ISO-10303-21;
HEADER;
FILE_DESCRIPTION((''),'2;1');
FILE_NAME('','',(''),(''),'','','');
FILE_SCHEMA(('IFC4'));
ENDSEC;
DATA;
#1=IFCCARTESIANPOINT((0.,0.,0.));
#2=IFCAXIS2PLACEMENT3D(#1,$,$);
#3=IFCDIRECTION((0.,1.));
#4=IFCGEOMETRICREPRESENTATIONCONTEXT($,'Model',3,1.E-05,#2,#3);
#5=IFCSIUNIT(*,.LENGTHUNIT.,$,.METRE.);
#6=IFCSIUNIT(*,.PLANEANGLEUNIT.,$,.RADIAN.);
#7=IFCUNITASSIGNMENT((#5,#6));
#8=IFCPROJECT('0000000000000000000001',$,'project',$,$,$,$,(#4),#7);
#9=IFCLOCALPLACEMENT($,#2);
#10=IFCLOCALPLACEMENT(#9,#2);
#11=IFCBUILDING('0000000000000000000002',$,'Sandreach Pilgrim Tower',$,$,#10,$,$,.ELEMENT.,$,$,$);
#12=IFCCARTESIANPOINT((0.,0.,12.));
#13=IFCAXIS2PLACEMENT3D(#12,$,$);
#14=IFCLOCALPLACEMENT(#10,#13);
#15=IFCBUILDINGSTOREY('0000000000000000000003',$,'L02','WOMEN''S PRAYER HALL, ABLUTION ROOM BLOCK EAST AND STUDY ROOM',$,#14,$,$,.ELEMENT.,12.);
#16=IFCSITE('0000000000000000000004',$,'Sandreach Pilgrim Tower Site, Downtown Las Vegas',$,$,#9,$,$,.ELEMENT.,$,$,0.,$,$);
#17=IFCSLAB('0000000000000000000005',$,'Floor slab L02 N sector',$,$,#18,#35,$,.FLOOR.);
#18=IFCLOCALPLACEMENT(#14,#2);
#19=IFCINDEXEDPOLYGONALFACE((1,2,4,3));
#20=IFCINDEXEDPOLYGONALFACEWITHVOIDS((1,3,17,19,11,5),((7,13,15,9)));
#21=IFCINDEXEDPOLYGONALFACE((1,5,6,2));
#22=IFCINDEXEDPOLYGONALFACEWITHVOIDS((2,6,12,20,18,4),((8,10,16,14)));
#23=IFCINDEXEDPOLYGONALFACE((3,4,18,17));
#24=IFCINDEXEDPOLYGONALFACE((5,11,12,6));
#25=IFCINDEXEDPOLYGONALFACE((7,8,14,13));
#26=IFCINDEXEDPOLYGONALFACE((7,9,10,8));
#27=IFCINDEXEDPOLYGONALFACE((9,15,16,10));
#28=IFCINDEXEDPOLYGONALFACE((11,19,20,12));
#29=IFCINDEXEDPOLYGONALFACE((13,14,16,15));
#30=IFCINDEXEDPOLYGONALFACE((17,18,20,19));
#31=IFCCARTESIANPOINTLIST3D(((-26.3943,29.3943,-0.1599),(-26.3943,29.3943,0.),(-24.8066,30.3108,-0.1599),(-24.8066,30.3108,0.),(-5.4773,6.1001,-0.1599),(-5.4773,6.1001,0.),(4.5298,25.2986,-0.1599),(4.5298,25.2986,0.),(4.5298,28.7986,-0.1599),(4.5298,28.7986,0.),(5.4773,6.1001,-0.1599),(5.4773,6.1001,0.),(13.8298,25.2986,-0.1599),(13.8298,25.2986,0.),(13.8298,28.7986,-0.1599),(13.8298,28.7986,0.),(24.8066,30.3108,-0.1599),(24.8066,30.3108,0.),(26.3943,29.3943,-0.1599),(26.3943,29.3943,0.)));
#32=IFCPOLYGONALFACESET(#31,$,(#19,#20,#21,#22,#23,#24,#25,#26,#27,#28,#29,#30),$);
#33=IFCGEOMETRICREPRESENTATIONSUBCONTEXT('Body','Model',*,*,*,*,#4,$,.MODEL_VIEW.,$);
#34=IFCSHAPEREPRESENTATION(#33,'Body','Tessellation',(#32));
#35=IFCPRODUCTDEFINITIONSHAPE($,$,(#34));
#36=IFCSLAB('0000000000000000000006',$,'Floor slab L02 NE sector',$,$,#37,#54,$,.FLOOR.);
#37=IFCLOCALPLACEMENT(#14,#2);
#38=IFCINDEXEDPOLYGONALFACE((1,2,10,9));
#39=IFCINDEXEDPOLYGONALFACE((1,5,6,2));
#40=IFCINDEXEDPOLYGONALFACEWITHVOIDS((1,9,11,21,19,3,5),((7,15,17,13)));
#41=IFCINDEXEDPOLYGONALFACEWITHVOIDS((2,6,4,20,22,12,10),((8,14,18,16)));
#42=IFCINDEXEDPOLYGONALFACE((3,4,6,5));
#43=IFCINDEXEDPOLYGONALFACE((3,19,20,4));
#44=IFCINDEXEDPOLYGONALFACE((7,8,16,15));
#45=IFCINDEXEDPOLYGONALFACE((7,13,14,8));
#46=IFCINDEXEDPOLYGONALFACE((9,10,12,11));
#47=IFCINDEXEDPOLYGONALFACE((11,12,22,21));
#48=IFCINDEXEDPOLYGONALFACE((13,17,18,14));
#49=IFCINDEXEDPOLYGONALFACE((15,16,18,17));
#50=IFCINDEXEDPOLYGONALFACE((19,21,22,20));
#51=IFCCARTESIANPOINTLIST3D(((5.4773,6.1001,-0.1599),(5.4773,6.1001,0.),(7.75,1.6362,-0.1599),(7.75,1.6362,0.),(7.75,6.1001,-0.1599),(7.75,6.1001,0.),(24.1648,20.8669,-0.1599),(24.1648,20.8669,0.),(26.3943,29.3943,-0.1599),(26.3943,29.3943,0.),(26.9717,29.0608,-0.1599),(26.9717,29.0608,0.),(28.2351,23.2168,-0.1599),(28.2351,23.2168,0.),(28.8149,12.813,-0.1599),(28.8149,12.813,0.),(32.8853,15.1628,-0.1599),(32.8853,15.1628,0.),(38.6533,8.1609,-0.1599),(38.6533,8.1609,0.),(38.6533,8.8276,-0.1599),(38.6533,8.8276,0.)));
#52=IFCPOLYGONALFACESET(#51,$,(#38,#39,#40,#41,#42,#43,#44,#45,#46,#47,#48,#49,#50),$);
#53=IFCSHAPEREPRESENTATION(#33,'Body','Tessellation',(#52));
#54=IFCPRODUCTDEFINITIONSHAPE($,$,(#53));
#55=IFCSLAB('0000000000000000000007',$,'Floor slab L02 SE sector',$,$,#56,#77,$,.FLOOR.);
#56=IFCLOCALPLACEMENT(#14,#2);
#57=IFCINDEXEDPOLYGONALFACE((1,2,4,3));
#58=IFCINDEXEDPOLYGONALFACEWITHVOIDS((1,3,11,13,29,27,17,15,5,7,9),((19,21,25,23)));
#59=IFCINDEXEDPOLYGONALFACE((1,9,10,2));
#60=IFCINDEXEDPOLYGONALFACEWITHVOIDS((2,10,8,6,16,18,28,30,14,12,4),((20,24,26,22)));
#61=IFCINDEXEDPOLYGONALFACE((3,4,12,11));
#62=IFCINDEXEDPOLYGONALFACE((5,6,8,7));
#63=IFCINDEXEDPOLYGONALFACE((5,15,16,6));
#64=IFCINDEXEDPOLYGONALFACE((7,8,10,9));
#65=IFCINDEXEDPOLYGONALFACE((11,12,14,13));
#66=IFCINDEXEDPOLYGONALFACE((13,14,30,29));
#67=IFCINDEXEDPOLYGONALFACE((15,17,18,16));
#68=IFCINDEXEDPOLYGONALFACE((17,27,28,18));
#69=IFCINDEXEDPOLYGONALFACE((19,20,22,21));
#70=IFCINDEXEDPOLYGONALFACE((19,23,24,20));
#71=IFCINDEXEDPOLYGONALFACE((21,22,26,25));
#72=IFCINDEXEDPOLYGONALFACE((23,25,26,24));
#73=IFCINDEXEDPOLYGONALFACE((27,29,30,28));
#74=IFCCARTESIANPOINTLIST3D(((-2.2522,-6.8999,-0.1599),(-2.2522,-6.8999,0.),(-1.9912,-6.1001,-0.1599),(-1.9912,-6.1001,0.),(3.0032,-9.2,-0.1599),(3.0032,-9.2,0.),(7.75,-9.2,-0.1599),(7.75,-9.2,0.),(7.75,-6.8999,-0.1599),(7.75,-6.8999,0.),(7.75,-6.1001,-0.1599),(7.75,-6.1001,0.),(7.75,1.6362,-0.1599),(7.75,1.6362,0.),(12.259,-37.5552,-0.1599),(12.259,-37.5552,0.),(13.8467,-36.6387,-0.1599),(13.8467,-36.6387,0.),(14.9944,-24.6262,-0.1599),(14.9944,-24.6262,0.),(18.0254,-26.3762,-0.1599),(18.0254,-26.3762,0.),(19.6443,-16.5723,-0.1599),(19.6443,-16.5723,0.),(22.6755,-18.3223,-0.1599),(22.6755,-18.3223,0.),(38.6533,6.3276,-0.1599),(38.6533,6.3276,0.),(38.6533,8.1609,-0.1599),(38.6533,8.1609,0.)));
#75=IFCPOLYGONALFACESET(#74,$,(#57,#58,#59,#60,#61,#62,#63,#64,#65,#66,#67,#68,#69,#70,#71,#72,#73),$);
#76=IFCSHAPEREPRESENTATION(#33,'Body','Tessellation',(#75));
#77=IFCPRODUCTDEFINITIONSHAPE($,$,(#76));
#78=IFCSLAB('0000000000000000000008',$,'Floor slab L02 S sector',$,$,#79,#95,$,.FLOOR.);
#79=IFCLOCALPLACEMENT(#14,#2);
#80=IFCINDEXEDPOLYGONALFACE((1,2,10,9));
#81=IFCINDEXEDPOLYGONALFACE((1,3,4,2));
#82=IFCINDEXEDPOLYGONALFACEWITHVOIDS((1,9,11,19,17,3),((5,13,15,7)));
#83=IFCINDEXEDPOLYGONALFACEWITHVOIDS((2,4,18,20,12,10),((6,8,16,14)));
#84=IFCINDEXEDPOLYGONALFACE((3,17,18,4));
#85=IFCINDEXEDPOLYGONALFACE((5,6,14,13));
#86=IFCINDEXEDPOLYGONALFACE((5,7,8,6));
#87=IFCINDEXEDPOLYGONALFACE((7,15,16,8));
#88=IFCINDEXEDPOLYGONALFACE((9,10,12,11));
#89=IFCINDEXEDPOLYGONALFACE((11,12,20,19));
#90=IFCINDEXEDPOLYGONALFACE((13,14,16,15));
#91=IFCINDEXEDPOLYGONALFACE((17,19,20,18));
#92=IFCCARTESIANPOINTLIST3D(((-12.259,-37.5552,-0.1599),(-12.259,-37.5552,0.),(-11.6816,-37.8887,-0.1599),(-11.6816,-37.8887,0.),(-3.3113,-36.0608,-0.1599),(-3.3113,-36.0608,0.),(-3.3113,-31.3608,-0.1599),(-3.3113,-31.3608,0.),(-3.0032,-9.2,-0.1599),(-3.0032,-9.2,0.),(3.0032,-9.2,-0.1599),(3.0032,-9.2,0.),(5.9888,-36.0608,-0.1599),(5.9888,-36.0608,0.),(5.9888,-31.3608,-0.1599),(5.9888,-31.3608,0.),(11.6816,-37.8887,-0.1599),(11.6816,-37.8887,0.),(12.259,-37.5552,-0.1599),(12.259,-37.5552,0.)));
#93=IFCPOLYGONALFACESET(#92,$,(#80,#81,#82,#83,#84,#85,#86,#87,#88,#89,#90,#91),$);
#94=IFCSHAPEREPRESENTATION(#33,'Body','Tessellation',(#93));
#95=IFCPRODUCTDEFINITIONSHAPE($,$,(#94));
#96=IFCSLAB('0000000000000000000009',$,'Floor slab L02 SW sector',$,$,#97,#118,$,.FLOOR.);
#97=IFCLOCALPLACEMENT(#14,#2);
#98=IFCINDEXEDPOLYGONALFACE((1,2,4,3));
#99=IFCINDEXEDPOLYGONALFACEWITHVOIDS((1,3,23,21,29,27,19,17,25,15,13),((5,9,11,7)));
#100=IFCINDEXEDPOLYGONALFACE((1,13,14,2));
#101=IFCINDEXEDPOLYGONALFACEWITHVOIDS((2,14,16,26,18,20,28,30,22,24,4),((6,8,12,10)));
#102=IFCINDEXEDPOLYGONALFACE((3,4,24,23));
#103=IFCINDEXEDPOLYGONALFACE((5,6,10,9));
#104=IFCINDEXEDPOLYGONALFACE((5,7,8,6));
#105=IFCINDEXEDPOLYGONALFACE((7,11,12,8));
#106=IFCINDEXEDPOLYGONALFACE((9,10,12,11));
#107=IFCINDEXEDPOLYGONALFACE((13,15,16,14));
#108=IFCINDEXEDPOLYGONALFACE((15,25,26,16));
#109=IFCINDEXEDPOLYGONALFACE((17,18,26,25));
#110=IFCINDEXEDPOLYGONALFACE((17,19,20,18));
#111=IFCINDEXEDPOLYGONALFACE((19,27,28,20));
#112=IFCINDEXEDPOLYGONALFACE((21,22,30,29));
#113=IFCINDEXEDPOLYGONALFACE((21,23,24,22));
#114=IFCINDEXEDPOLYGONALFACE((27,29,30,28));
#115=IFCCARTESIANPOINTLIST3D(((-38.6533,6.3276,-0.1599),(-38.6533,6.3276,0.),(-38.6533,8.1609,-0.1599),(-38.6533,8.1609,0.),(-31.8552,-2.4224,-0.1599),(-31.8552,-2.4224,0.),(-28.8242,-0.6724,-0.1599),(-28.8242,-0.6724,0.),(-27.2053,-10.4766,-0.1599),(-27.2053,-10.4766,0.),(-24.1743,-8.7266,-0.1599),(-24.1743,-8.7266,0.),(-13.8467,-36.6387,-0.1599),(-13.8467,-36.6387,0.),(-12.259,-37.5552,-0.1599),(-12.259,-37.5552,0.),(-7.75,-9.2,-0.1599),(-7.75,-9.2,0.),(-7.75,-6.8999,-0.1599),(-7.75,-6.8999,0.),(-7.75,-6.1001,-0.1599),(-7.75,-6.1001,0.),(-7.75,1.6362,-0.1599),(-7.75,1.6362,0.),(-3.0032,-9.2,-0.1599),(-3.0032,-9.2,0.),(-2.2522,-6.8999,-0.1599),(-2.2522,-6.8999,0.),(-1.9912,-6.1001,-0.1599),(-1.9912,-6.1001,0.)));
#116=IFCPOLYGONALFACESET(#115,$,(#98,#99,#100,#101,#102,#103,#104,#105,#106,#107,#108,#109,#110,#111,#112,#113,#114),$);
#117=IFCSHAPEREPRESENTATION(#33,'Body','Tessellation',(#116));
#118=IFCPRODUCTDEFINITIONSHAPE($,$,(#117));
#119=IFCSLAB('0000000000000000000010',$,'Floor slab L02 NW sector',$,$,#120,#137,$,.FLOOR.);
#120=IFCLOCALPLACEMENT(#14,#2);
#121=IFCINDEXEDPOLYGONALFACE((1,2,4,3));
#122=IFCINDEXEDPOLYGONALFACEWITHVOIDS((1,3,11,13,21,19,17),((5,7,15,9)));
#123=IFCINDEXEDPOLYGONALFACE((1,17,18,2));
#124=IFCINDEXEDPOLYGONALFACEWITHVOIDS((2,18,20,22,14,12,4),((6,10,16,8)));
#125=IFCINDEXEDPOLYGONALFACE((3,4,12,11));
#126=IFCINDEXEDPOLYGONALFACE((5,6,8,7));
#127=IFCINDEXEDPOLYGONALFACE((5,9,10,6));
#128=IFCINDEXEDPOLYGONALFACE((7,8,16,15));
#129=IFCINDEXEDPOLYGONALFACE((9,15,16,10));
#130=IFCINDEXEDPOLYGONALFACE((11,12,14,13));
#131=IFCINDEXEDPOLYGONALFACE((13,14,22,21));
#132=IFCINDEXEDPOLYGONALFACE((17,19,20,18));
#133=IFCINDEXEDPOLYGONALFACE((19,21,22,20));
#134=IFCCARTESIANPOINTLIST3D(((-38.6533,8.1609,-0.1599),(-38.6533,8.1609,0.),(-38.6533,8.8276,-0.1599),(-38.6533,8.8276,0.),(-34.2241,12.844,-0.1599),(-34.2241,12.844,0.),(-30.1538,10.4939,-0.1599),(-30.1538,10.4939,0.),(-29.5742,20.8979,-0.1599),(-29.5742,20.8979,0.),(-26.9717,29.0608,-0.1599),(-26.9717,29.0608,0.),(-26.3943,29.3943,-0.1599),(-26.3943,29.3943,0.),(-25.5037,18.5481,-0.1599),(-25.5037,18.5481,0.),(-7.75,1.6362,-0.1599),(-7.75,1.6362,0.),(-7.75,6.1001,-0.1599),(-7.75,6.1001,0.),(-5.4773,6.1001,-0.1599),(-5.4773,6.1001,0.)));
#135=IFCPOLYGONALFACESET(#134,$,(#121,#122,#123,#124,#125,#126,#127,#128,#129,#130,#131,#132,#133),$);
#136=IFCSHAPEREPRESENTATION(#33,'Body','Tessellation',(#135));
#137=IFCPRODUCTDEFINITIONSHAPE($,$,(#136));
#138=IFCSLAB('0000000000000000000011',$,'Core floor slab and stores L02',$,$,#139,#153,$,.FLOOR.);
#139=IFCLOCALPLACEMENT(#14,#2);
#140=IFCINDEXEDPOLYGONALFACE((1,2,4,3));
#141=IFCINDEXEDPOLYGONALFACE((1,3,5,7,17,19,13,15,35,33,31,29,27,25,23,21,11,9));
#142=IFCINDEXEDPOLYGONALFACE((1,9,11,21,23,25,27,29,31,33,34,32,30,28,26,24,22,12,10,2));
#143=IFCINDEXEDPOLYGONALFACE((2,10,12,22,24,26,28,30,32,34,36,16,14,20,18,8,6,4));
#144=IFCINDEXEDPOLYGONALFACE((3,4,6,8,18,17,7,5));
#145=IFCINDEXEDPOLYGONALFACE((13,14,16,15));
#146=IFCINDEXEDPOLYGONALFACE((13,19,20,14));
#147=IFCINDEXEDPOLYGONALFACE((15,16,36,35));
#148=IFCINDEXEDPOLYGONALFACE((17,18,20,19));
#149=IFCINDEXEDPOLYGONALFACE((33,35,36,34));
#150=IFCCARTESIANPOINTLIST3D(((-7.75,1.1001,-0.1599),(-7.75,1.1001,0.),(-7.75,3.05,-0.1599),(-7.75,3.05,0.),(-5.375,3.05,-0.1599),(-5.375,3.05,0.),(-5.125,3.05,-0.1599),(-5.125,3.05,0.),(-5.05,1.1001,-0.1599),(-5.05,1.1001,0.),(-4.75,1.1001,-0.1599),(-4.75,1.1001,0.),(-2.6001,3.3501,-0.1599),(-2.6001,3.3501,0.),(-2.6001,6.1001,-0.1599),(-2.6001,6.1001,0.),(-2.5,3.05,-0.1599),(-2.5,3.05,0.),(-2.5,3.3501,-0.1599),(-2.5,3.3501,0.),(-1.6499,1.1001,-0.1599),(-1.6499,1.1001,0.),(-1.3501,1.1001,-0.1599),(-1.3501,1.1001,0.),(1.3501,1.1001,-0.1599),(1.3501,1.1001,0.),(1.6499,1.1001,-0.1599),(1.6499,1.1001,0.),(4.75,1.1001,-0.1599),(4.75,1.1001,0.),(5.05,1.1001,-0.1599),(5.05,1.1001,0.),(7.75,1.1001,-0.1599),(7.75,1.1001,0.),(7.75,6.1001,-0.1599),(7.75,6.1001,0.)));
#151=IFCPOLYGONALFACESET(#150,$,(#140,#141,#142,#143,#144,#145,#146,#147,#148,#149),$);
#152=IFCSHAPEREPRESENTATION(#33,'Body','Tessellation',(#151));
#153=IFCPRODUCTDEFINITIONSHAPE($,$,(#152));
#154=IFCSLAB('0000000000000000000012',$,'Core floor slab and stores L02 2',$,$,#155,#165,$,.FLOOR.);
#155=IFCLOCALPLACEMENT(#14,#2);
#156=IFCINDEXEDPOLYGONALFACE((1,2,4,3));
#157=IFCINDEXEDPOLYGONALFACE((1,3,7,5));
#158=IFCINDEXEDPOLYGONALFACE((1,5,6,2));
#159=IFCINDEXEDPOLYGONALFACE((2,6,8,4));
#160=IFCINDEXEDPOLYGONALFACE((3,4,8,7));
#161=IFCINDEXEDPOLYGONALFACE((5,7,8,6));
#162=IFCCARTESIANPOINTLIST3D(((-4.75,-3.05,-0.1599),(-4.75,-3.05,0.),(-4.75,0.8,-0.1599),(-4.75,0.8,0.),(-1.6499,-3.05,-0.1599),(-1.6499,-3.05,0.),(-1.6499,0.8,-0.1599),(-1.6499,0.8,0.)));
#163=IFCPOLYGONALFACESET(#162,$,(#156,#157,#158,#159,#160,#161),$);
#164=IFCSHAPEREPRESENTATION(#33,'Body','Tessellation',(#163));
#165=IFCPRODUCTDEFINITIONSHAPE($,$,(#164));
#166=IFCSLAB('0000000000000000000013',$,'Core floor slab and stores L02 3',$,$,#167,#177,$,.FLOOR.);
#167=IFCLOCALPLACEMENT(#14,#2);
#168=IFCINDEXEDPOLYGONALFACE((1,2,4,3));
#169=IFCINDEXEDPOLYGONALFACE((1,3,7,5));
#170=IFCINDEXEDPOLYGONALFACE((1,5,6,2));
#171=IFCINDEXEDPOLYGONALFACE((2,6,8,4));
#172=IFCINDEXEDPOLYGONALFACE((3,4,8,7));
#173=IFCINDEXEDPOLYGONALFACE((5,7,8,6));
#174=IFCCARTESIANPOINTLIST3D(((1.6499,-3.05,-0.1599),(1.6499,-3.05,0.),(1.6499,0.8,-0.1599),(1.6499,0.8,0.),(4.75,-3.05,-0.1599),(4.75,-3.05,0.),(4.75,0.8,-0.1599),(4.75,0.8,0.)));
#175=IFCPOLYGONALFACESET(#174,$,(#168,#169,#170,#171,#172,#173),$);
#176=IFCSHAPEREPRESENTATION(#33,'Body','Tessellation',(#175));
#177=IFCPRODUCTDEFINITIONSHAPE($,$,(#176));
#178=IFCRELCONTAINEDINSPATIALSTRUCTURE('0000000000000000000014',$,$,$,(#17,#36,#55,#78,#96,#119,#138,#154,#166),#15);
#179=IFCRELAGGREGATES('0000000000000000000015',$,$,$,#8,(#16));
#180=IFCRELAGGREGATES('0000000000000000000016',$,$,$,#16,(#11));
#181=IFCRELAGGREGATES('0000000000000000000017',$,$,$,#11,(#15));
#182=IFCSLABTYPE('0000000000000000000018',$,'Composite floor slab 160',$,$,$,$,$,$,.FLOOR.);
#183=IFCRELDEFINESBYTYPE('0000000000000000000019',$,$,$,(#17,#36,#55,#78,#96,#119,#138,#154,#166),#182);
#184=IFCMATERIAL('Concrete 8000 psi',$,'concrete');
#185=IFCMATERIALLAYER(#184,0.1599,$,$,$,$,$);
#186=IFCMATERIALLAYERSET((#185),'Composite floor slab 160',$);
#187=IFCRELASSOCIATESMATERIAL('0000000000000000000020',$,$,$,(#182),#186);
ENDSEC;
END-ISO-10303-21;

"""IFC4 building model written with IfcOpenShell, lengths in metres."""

from ifc_helpers import new_model, si_unit, direction, frame, origin, place, context, subcontext, project, spatial, polyline, outline, extrude, material, layer, layer_set, type_object, element, save


model = new_model("IFC4")

# Units and contexts
model_context = context("Model", 3, precision=1e-05, world=origin(), true_north=direction((0.0, 1.0)))
body_context = subcontext(model_context, "Body", "Model", "MODEL_VIEW")
ifc_project = project(units=[si_unit("LENGTHUNIT", "METRE"), si_unit("PLANEANGLEUNIT", "RADIAN")], contexts=[model_context])

# Site, building, storey
site_placement = place(None, origin())
site = spatial("IfcSite", under=ifc_project, at=site_placement, Name="Sandreach Pilgrim Tower Site, Downtown Las Vegas", CompositionType="ELEMENT", RefElevation=0.0)
building_placement = place(site_placement, origin())
building = spatial("IfcBuilding", under=site, at=building_placement, Name="Sandreach Pilgrim Tower", CompositionType="ELEMENT")
storey_placement = place(building_placement, frame((0.0, 0.0, 12.0)))
storey = spatial("IfcBuildingStorey", under=building, at=storey_placement, Name="L02", Description="WOMEN'S PRAYER HALL, ABLUTION ROOM BLOCK EAST AND STUDY ROOM", CompositionType="ELEMENT", Elevation=12.0)

# Slabs
ifc_material_1 = material(Name="Concrete 8000 psi", Category="concrete")
ifc_layer_1 = layer(ifc_material_1, 0.1599)
ifc_layer_set_1 = layer_set([ifc_layer_1], Name="Composite floor slab 160")
slab_type_1 = type_object("IfcSlabType", Name="Composite floor slab 160", PredefinedType="FLOOR", material=ifc_layer_set_1)
slab_1_placement = place(storey_placement, frame((0.0, 0.0, -0.1599)))
element("IfcSlab", 1, at=slab_1_placement, inside=storey, type_object=slab_type_1, Name="Floor slab L02 N sector", PredefinedType="FLOOR", context=body_context, shape_type="SweptSolid", body=[
    extrude(outline(polyline([(-24.8066, 30.3108), (24.8066, 30.3108), (26.3943, 29.3943), (5.4773, 6.1001), (-5.4773, 6.1001), (-26.3943, 29.3943), (-24.8066, 30.3108)]), holes=[polyline([(4.5298, 25.2986), (13.8298, 25.2986), (13.8298, 28.7986), (4.5298, 28.7986), (4.5298, 25.2986)])]), origin(), (0.0, 0.0, 1.0), 0.1599),
])
slab_2_placement = place(storey_placement, frame((0.0, 0.0, -0.1599)))
element("IfcSlab", 2, at=slab_2_placement, inside=storey, type_object=slab_type_1, Name="Floor slab L02 NE sector", PredefinedType="FLOOR", context=body_context, shape_type="SweptSolid", body=[
    extrude(outline(polyline([(26.9717, 29.0608), (38.6533, 8.8276), (38.6533, 8.1609), (7.75, 1.6362), (7.75, 6.1001), (5.4773, 6.1001), (26.3943, 29.3943), (26.9717, 29.0608)]), holes=[polyline([(24.1648, 20.8669), (28.8149, 12.813), (32.8853, 15.1628), (28.2351, 23.2168), (24.1648, 20.8669)])]), origin(), (0.0, 0.0, 1.0), 0.1599),
])
slab_3_placement = place(storey_placement, frame((0.0, 0.0, -0.1599)))
element("IfcSlab", 3, at=slab_3_placement, inside=storey, type_object=slab_type_1, Name="Floor slab L02 SE sector", PredefinedType="FLOOR", context=body_context, shape_type="SweptSolid", body=[
    extrude(outline(polyline([(13.8467, -36.6387), (12.259, -37.5552), (3.0032, -9.2), (7.75, -9.2), (7.75, -6.8999), (-2.2522, -6.8999), (-1.9912, -6.1001), (7.75, -6.1001), (7.75, 1.6362), (38.6533, 8.1609), (38.6533, 6.3276), (13.8467, -36.6387)]), holes=[polyline([(14.9944, -24.6262), (18.0254, -26.3762), (22.6755, -18.3223), (19.6443, -16.5723), (14.9944, -24.6262)])]), origin(), (0.0, 0.0, 1.0), 0.1599),
])
slab_4_placement = place(storey_placement, frame((0.0, 0.0, -0.1599)))
element("IfcSlab", 4, at=slab_4_placement, inside=storey, type_object=slab_type_1, Name="Floor slab L02 S sector", PredefinedType="FLOOR", context=body_context, shape_type="SweptSolid", body=[
    extrude(outline(polyline([(11.6816, -37.8887), (-11.6816, -37.8887), (-12.259, -37.5552), (-3.0032, -9.2), (3.0032, -9.2), (12.259, -37.5552), (11.6816, -37.8887)]), holes=[polyline([(5.9888, -31.3608), (-3.3113, -31.3608), (-3.3113, -36.0608), (5.9888, -36.0608), (5.9888, -31.3608)])]), origin(), (0.0, 0.0, 1.0), 0.1599),
])
slab_5_placement = place(storey_placement, frame((0.0, 0.0, -0.1599)))
element("IfcSlab", 5, at=slab_5_placement, inside=storey, type_object=slab_type_1, Name="Floor slab L02 SW sector", PredefinedType="FLOOR", context=body_context, shape_type="SweptSolid", body=[
    extrude(outline(polyline([(-13.8467, -36.6387), (-38.6533, 6.3276), (-38.6533, 8.1609), (-7.75, 1.6362), (-7.75, -6.1001), (-1.9912, -6.1001), (-2.2522, -6.8999), (-7.75, -6.8999), (-7.75, -9.2), (-3.0032, -9.2), (-12.259, -37.5552), (-13.8467, -36.6387)]), holes=[polyline([(-24.1743, -8.7266), (-28.8242, -0.6724), (-31.8552, -2.4224), (-27.2053, -10.4766), (-24.1743, -8.7266)])]), origin(), (0.0, 0.0, 1.0), 0.1599),
])
slab_6_placement = place(storey_placement, frame((0.0, 0.0, -0.1599)))
element("IfcSlab", 6, at=slab_6_placement, inside=storey, type_object=slab_type_1, Name="Floor slab L02 NW sector", PredefinedType="FLOOR", context=body_context, shape_type="SweptSolid", body=[
    extrude(outline(polyline([(-38.6533, 8.8276), (-26.9717, 29.0608), (-26.3943, 29.3943), (-5.4773, 6.1001), (-7.75, 6.1001), (-7.75, 1.6362), (-38.6533, 8.1609), (-38.6533, 8.8276)]), holes=[polyline([(-30.1538, 10.4939), (-25.5037, 18.5481), (-29.5742, 20.8979), (-34.2241, 12.844), (-30.1538, 10.4939)])]), origin(), (0.0, 0.0, 1.0), 0.1599),
])
slab_7_placement = place(storey_placement, frame((0.0, 0.0, -0.1599)))
element("IfcSlab", 7, at=slab_7_placement, inside=storey, type_object=slab_type_1, Name="Core floor slab and stores L02", PredefinedType="FLOOR", context=body_context, shape_type="SweptSolid", body=[
    extrude(outline(polyline([(-7.75, 3.05), (-5.375, 3.05), (-5.125, 3.05), (-2.5, 3.05), (-2.5, 3.3501), (-2.6001, 3.3501), (-2.6001, 6.1001), (7.75, 6.1001), (7.75, 1.1001), (5.05, 1.1001), (4.75, 1.1001), (1.6499, 1.1001), (1.3501, 1.1001), (-1.3501, 1.1001), (-1.6499, 1.1001), (-4.75, 1.1001), (-5.05, 1.1001), (-7.75, 1.1001), (-7.75, 3.05)])), origin(), (0.0, 0.0, 1.0), 0.1599),
])
slab_8_placement = place(storey_placement, frame((0.0, 0.0, -0.1599)))
element("IfcSlab", 8, at=slab_8_placement, inside=storey, type_object=slab_type_1, Name="Core floor slab and stores L02 2", PredefinedType="FLOOR", context=body_context, shape_type="SweptSolid", body=[
    extrude(outline(polyline([(-1.6499, -3.05), (-4.75, -3.05), (-4.75, 0.8), (-1.6499, 0.8), (-1.6499, -3.05)])), origin(), (0.0, 0.0, 1.0), 0.1599),
])
slab_9_placement = place(storey_placement, frame((0.0, 0.0, -0.1599)))
element("IfcSlab", 9, at=slab_9_placement, inside=storey, type_object=slab_type_1, Name="Core floor slab and stores L02 3", PredefinedType="FLOOR", context=body_context, shape_type="SweptSolid", body=[
    extrude(outline(polyline([(4.75, -3.05), (1.6499, -3.05), (1.6499, 0.8), (4.75, 0.8), (4.75, -3.05)])), origin(), (0.0, 0.0, 1.0), 0.1599),
])

save(model, "model.ifc")
